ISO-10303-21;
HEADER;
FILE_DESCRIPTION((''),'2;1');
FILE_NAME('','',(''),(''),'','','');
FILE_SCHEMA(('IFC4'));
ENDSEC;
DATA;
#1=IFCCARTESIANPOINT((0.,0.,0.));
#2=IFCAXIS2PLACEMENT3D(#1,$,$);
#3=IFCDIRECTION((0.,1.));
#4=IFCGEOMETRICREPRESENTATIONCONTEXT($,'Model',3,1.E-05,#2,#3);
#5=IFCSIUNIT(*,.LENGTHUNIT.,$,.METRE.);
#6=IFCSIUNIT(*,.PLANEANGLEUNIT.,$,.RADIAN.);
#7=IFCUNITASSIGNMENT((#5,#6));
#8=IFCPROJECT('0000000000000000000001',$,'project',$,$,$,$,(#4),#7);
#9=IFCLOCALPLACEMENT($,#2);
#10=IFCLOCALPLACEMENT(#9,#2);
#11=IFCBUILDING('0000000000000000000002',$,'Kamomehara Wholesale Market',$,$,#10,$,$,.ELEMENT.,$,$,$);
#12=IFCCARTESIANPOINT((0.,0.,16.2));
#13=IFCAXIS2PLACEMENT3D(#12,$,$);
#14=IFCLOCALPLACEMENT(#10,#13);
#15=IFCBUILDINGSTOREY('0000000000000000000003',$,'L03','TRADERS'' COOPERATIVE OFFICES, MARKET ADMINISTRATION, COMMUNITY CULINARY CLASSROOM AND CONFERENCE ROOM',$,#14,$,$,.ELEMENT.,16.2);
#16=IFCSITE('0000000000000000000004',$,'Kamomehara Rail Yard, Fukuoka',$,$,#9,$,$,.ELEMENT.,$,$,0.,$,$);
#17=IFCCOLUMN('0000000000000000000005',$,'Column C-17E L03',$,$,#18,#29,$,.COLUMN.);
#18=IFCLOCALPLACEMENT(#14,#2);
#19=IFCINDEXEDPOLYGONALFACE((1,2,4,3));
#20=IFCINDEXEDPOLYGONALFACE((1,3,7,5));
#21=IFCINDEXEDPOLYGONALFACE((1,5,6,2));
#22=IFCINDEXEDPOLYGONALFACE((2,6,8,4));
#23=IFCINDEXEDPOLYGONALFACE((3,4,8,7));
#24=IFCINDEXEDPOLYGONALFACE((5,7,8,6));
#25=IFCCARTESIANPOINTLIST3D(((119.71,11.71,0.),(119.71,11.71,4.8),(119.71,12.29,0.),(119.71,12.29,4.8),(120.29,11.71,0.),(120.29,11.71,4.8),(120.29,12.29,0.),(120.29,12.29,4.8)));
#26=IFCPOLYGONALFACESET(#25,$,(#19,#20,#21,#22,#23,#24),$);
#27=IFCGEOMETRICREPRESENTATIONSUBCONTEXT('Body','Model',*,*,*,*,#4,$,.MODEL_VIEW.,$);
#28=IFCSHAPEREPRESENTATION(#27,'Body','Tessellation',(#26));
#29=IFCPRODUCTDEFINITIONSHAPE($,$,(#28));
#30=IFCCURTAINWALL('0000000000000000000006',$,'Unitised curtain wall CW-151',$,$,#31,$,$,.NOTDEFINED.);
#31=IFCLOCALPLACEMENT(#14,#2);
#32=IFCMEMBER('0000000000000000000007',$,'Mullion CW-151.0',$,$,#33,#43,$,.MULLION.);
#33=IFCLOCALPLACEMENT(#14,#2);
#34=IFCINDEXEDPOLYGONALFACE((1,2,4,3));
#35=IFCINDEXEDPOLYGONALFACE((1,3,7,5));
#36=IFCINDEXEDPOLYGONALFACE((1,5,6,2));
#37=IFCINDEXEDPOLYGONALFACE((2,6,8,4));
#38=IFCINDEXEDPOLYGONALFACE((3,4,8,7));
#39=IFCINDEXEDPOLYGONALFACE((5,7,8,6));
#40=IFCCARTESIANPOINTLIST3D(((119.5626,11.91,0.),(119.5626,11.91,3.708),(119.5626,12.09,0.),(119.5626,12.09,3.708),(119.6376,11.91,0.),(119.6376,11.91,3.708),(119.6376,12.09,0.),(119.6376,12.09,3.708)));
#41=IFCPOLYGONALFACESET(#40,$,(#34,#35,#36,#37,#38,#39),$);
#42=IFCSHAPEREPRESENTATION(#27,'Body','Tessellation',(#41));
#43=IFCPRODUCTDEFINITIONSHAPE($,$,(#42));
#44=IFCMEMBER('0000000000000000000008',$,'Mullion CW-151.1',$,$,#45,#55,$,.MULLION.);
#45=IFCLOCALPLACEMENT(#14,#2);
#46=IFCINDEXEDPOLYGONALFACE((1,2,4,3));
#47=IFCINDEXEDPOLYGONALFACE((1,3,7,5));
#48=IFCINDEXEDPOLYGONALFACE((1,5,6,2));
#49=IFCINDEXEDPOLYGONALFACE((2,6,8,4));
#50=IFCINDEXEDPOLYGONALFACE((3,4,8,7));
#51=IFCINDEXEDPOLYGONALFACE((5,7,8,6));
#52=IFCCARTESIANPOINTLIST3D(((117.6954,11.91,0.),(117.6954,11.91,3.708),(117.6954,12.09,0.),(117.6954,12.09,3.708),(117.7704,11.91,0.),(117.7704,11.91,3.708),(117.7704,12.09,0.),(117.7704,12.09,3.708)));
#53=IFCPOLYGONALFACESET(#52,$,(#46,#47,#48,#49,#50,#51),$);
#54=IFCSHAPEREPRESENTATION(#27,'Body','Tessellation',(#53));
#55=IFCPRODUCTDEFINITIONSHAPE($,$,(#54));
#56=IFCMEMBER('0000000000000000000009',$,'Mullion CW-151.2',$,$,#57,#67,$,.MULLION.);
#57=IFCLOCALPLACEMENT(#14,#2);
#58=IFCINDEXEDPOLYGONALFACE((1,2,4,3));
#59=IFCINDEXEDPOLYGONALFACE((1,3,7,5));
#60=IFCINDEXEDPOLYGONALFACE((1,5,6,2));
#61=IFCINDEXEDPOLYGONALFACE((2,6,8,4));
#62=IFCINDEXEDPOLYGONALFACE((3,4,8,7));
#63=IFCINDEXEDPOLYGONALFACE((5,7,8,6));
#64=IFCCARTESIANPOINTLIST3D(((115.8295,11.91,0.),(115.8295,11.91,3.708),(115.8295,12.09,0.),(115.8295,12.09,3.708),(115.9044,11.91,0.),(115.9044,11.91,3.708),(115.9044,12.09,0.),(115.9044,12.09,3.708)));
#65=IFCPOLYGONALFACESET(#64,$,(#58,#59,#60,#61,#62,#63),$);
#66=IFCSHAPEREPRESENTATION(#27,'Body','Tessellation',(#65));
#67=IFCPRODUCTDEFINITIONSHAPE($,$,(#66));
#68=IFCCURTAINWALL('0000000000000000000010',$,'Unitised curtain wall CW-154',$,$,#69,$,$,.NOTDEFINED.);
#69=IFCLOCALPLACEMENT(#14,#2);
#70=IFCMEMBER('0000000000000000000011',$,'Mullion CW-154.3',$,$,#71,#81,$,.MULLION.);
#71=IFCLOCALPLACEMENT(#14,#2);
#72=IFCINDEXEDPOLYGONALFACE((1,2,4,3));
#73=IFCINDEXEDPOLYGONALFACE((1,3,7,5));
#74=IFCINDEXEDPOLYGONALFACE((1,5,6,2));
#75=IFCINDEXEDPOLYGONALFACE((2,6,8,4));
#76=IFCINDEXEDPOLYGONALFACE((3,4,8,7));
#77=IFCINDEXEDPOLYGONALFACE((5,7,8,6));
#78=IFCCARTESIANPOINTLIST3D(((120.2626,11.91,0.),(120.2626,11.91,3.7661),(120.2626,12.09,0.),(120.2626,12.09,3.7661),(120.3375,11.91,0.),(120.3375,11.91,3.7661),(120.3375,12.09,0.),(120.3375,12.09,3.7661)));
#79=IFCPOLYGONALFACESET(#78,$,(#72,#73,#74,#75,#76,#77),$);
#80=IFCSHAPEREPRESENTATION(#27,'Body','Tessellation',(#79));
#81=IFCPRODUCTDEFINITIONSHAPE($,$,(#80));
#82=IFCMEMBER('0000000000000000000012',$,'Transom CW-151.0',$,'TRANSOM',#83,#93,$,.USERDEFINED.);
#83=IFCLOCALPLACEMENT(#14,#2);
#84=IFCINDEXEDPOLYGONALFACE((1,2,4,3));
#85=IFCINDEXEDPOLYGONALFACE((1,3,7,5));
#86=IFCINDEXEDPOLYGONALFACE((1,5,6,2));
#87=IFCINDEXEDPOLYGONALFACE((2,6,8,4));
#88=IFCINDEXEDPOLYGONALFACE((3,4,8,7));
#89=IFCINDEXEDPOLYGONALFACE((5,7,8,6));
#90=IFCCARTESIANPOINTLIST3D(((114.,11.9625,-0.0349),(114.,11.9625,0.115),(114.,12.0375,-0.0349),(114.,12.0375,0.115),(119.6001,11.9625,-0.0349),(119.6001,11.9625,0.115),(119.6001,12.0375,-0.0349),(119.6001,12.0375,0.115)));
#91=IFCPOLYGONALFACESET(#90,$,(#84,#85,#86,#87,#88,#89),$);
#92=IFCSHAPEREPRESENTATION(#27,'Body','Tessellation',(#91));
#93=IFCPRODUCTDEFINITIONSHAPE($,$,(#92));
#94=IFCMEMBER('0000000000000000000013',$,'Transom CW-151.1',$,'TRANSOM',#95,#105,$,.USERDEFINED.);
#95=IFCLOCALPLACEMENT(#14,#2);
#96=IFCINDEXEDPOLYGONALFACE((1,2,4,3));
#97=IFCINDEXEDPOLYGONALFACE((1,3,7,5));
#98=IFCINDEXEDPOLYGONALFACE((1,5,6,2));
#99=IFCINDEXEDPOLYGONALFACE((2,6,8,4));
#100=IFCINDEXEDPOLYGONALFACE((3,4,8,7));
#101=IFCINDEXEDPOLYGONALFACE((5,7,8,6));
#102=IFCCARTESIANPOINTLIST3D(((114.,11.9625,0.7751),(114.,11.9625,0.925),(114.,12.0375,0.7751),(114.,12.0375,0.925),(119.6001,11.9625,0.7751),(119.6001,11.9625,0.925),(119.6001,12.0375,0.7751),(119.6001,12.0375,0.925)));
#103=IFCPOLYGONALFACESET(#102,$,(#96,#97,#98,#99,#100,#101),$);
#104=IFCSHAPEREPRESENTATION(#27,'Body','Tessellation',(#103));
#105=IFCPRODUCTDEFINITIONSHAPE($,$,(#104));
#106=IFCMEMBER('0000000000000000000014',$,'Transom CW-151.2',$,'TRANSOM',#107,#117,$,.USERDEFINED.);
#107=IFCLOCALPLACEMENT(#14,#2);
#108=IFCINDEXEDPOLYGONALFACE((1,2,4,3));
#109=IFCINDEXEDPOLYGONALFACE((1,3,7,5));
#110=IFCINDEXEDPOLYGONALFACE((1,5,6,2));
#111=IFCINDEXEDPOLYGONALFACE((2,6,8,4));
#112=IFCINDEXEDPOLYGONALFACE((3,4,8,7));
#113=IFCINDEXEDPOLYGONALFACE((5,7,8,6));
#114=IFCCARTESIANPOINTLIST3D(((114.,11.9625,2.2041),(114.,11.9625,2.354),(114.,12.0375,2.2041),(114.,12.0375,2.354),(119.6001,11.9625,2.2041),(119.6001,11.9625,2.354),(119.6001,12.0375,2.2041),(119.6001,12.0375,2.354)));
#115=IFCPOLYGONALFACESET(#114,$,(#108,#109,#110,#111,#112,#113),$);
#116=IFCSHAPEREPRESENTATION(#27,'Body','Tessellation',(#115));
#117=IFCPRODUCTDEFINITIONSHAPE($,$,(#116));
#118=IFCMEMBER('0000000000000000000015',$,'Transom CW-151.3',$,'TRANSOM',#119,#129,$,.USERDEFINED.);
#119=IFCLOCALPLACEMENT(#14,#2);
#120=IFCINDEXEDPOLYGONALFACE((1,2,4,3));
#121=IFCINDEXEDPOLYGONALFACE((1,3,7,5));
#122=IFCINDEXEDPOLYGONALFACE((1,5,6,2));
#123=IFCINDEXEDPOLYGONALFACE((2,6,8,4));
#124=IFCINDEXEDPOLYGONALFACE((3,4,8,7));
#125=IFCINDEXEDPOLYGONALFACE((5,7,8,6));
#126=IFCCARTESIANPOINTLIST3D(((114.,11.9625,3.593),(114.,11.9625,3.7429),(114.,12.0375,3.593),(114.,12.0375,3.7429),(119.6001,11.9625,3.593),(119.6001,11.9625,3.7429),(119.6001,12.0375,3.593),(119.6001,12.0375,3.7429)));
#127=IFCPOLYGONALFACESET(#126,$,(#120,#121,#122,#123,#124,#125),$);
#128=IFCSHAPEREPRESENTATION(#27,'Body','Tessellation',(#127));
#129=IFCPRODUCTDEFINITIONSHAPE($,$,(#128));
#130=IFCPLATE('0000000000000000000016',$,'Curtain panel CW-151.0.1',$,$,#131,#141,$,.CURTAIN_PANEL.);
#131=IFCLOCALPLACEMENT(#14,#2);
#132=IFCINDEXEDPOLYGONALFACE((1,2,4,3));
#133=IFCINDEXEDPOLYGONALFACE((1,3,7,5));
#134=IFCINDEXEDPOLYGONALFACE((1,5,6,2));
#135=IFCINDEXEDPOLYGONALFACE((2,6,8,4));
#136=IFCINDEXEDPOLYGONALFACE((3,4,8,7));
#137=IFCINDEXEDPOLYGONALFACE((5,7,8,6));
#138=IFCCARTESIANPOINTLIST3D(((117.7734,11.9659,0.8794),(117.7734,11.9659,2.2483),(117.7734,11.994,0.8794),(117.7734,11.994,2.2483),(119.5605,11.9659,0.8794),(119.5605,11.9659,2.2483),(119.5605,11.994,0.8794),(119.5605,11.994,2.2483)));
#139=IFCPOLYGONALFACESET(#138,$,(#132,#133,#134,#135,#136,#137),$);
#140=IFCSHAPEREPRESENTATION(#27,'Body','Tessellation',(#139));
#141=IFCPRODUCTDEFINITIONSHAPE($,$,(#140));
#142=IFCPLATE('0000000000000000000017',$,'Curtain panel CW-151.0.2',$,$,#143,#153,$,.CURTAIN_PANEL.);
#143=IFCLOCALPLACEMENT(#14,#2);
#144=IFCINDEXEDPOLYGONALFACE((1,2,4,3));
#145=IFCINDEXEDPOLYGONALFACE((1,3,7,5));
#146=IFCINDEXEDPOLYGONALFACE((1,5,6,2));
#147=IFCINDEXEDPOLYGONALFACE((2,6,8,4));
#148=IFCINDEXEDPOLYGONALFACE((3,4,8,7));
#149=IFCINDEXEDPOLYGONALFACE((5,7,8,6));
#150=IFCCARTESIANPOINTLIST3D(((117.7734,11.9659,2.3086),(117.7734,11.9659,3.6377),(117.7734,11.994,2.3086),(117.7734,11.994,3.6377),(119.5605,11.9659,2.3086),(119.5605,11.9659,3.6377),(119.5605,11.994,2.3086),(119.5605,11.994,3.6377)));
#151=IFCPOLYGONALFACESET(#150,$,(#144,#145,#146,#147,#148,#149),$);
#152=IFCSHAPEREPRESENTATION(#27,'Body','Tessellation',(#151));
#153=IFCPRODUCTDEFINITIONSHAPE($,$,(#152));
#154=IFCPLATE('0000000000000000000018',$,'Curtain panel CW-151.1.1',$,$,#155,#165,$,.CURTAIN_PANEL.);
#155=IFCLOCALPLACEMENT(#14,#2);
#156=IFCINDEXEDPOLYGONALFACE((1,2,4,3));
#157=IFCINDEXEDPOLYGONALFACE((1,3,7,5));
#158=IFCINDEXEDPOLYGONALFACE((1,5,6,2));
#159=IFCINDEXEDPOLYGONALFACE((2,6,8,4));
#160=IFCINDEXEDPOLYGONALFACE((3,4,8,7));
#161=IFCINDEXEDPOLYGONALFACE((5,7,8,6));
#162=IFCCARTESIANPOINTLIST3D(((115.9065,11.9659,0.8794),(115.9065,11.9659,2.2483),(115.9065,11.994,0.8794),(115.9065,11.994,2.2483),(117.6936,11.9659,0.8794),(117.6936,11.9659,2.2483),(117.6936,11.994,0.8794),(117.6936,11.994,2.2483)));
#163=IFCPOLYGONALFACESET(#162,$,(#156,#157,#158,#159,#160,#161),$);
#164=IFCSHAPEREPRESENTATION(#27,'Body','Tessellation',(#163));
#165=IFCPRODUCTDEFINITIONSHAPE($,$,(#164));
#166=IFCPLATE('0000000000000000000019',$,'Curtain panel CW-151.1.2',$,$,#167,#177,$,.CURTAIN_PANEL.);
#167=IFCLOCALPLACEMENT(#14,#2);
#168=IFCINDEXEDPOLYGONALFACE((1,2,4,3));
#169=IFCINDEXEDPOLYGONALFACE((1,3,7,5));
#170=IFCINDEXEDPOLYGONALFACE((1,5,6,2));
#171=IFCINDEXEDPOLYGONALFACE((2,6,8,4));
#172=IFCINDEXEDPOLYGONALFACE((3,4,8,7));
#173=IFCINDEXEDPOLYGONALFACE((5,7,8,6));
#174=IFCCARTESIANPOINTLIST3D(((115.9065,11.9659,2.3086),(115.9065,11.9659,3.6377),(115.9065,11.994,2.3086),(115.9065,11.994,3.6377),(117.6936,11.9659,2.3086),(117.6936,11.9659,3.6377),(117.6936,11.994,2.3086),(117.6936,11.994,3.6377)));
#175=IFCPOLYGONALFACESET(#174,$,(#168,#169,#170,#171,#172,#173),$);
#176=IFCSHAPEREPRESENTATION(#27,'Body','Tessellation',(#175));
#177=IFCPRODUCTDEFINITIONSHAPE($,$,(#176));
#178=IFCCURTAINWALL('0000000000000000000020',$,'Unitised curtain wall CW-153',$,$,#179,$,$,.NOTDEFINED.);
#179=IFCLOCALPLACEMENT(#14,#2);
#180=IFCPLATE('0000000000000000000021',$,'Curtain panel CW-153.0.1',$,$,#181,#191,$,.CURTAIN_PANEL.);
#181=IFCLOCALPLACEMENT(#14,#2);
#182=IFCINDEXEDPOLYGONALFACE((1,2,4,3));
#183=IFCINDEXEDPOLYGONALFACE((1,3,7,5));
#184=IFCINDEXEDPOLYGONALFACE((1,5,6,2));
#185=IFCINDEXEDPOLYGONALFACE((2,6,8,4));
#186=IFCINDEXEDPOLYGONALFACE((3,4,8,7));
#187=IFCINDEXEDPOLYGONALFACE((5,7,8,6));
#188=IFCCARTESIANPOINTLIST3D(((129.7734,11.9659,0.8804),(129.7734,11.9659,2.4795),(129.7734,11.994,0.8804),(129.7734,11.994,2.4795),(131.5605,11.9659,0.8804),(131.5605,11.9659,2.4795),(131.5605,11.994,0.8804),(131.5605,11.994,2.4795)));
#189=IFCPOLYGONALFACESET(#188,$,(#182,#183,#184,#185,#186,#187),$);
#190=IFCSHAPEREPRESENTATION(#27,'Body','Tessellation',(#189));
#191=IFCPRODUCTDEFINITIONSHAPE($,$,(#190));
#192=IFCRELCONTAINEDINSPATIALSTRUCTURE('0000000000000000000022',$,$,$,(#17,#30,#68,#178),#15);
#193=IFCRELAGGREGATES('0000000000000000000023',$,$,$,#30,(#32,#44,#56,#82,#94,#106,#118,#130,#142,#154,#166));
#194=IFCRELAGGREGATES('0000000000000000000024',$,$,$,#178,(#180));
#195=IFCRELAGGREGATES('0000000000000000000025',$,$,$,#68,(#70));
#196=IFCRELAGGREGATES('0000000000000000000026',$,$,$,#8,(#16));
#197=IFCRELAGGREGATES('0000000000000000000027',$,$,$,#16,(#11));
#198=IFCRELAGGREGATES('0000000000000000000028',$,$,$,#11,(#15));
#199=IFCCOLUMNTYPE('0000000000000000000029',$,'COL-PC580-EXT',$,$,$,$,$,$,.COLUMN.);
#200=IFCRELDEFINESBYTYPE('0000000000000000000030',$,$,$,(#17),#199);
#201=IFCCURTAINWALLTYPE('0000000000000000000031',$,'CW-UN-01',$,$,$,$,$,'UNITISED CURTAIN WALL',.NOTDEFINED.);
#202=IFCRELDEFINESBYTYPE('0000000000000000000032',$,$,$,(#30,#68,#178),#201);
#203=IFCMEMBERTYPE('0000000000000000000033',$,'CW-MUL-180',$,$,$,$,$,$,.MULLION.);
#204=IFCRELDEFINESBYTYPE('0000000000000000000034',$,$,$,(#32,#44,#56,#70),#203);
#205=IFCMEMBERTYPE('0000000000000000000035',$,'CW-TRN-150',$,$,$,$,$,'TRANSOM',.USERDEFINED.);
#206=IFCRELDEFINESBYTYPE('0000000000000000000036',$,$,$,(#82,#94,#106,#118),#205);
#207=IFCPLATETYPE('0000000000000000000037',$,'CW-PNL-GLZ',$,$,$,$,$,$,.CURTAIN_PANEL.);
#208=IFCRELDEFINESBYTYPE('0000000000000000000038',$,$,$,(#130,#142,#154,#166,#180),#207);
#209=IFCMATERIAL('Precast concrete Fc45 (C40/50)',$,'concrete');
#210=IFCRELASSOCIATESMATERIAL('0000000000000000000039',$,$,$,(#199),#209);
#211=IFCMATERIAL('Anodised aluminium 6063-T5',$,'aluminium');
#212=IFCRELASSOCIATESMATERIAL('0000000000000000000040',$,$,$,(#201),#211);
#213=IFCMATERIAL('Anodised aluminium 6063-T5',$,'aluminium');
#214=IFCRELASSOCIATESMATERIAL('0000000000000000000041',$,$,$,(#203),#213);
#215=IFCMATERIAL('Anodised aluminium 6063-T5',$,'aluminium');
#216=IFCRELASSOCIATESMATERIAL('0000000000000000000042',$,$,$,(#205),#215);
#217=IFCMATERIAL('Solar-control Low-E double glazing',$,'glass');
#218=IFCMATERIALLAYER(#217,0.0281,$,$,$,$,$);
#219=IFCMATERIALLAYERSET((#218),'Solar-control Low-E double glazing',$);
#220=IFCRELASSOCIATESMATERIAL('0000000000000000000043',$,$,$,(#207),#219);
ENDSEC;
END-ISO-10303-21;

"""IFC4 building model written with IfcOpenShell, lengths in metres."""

from ifc_helpers import new_model, si_unit, direction, frame, origin, origin_2d, place, context, subcontext, project, spatial, rectangle, extrude, material, layer, layer_set, material_profile, profile_set, type_object, element, aggregate, save


model = new_model("IFC4")

# Units and contexts
model_context = context("Model", 3, precision=1e-05, world=origin(), true_north=direction((0.0, 1.0)))
body_context = subcontext(model_context, "Body", "Model", "MODEL_VIEW")
ifc_project = project(units=[si_unit("LENGTHUNIT", "METRE"), si_unit("PLANEANGLEUNIT", "RADIAN")], contexts=[model_context])

# Site, building, storey
site_placement = place(None, origin())
site = spatial("IfcSite", under=ifc_project, at=site_placement, Name="Kamomehara Rail Yard, Fukuoka", CompositionType="ELEMENT", RefElevation=0.0)
building_placement = place(site_placement, origin())
building = spatial("IfcBuilding", under=site, at=building_placement, Name="Kamomehara Wholesale Market", CompositionType="ELEMENT")
storey_placement = place(building_placement, frame((0.0, 0.0, 16.2)))
storey = spatial("IfcBuildingStorey", under=building, at=storey_placement, Name="L03", Description="TRADERS' COOPERATIVE OFFICES, MARKET ADMINISTRATION, COMMUNITY CULINARY CLASSROOM AND CONFERENCE ROOM", CompositionType="ELEMENT", Elevation=16.2)

# Column
ifc_material_1 = material(Name="Precast concrete Fc45 (C40/50)", Category="concrete")
ifc_material_profile_1 = material_profile(ifc_material_1, rectangle(XDim=0.5801, YDim=0.5801, at=origin_2d()), Name="PC-COL-580x580")
ifc_profile_set_1 = profile_set([ifc_material_profile_1], Name="Precast concrete Fc45 (C40/50)")
column_type = type_object("IfcColumnType", Name="COL-PC580-EXT", PredefinedType="COLUMN", material=ifc_profile_set_1)
column_placement = place(storey_placement, frame((120.0, 12.0, 0.0), z_axis=(0.0, 0.0, 1.0), x_axis=(1.0, 0.0, 0.0)))
element("IfcColumn", 1, at=column_placement, inside=storey, type_object=column_type, Name="Column C-17E L03", PredefinedType="COLUMN", context=body_context, shape_type="SweptSolid", body=[
    extrude(rectangle(XDim=0.5801, YDim=0.5801, at=origin_2d()), origin(), (0.0, 0.0, 1.0), 4.8),
])

# Curtain wall, members
ifc_material_2 = material(Name="Anodised aluminium 6063-T5", Category="aluminium")
curtain_wall_type = type_object("IfcCurtainWallType", Name="CW-UN-01", ElementType="UNITISED CURTAIN WALL", PredefinedType="NOTDEFINED", material=ifc_material_2)
curtain_wall_1_placement = place(storey_placement, origin())
curtain_wall_1 = element("IfcCurtainWall", 2, at=curtain_wall_1_placement, inside=storey, type_object=curtain_wall_type, Name="Unitised curtain wall CW-151", PredefinedType="NOTDEFINED")
ifc_material_3 = material(Name="Anodised aluminium 6063-T5", Category="aluminium")
ifc_material_profile_2 = material_profile(ifc_material_3, rectangle(XDim=0.075, YDim=0.1799, at=origin_2d()), Name="ALU-MUL-75x180")
ifc_profile_set_2 = profile_set([ifc_material_profile_2], Name="Anodised aluminium 6063-T5")
member_type_1 = type_object("IfcMemberType", Name="CW-MUL-180", PredefinedType="MULLION", material=ifc_profile_set_2)
member_1_placement = place(storey_placement, frame((119.6001, 12.0, 0.0), z_axis=(0.0, 0.0, 1.0), x_axis=(-1.0, 0.0, 0.0)))
member_1 = element("IfcMember", 3, at=member_1_placement, type_object=member_type_1, Name="Mullion CW-151.0", PredefinedType="MULLION", context=body_context, shape_type="SweptSolid", body=[
    extrude(rectangle(XDim=0.075, YDim=0.1799, at=origin_2d()), origin(), (0.0, 0.0, 1.0), 3.708),
])
member_2_placement = place(storey_placement, frame((117.7329, 12.0, 0.0), z_axis=(0.0, 0.0, 1.0), x_axis=(-1.0, 0.0, 0.0)))
member_2 = element("IfcMember", 4, at=member_2_placement, type_object=member_type_1, Name="Mullion CW-151.1", PredefinedType="MULLION", context=body_context, shape_type="SweptSolid", body=[
    extrude(rectangle(XDim=0.075, YDim=0.1799, at=origin_2d()), origin(), (0.0, 0.0, 1.0), 3.708),
])
member_3_placement = place(storey_placement, frame((115.8669, 12.0, 0.0), z_axis=(0.0, 0.0, 1.0), x_axis=(-1.0, 0.0, 0.0)))
member_3 = element("IfcMember", 5, at=member_3_placement, type_object=member_type_1, Name="Mullion CW-151.2", PredefinedType="MULLION", context=body_context, shape_type="SweptSolid", body=[
    extrude(rectangle(XDim=0.075, YDim=0.1799, at=origin_2d()), origin(), (0.0, 0.0, 1.0), 3.708),
])

# Curtain wall, member
curtain_wall_2_placement = place(storey_placement, origin())
curtain_wall_2 = element("IfcCurtainWall", 6, at=curtain_wall_2_placement, inside=storey, type_object=curtain_wall_type, Name="Unitised curtain wall CW-154", PredefinedType="NOTDEFINED")
member_4_placement = place(storey_placement, frame((120.3, 12.0, 0.0), z_axis=(0.0, 0.0, 1.0), x_axis=(-1.0, 0.0, 0.0)))
member_4 = element("IfcMember", 7, at=member_4_placement, type_object=member_type_1, Name="Mullion CW-154.3", PredefinedType="MULLION", context=body_context, shape_type="SweptSolid", body=[
    extrude(rectangle(XDim=0.075, YDim=0.1799, at=origin_2d()), origin(), (0.0, 0.0, 1.0), 3.7661),
])

# Members
ifc_material_4 = material(Name="Anodised aluminium 6063-T5", Category="aluminium")
ifc_material_profile_3 = material_profile(ifc_material_4, rectangle(XDim=0.075, YDim=0.1499, at=origin_2d()), Name="ALU-TRN-75x150")
ifc_profile_set_3 = profile_set([ifc_material_profile_3], Name="Anodised aluminium 6063-T5")
member_type_2 = type_object("IfcMemberType", Name="CW-TRN-150", ElementType="TRANSOM", PredefinedType="USERDEFINED", material=ifc_profile_set_3)
member_5_placement = place(storey_placement, frame((119.6001, 12.0, 0.04), z_axis=(-1.0, 0.0, 0.0), x_axis=(0.0, -1.0, 0.0)))
member_5 = element("IfcMember", 8, at=member_5_placement, type_object=member_type_2, Name="Transom CW-151.0", ObjectType="TRANSOM", PredefinedType="USERDEFINED", context=body_context, shape_type="SweptSolid", body=[
    extrude(rectangle(XDim=0.075, YDim=0.1499, at=origin_2d()), origin(), (0.0, 0.0, 1.0), 5.6001),
])
member_6_placement = place(storey_placement, frame((119.6001, 12.0, 0.8501), z_axis=(-1.0, 0.0, 0.0), x_axis=(0.0, -1.0, 0.0)))
member_6 = element("IfcMember", 9, at=member_6_placement, type_object=member_type_2, Name="Transom CW-151.1", ObjectType="TRANSOM", PredefinedType="USERDEFINED", context=body_context, shape_type="SweptSolid", body=[
    extrude(rectangle(XDim=0.075, YDim=0.1499, at=origin_2d()), origin(), (0.0, 0.0, 1.0), 5.6001),
])
member_7_placement = place(storey_placement, frame((119.6001, 12.0, 2.2791), z_axis=(-1.0, 0.0, 0.0), x_axis=(0.0, -1.0, 0.0)))
member_7 = element("IfcMember", 10, at=member_7_placement, type_object=member_type_2, Name="Transom CW-151.2", ObjectType="TRANSOM", PredefinedType="USERDEFINED", context=body_context, shape_type="SweptSolid", body=[
    extrude(rectangle(XDim=0.075, YDim=0.1499, at=origin_2d()), origin(), (0.0, 0.0, 1.0), 5.6001),
])
member_8_placement = place(storey_placement, frame((119.6001, 12.0, 3.668), z_axis=(-1.0, 0.0, 0.0), x_axis=(0.0, -1.0, 0.0)))
member_8 = element("IfcMember", 11, at=member_8_placement, type_object=member_type_2, Name="Transom CW-151.3", ObjectType="TRANSOM", PredefinedType="USERDEFINED", context=body_context, shape_type="SweptSolid", body=[
    extrude(rectangle(XDim=0.075, YDim=0.1499, at=origin_2d()), origin(), (0.0, 0.0, 1.0), 5.6001),
])

# Plates
ifc_material_5 = material(Name="Solar-control Low-E double glazing", Category="glass")
ifc_layer_1 = layer(ifc_material_5, 0.0281)
ifc_layer_set_1 = layer_set([ifc_layer_1], Name="Solar-control Low-E double glazing")
plate_type_1 = type_object("IfcPlateType", Name="CW-PNL-GLZ", PredefinedType="CURTAIN_PANEL", material=ifc_layer_set_1)
plate_1_placement = place(storey_placement, frame((118.667, 11.98, 0.8794), z_axis=(0.0, 0.0, 1.0), x_axis=(-1.0, 0.0, 0.0)))
plate_1 = element("IfcPlate", 12, at=plate_1_placement, type_object=plate_type_1, Name="Curtain panel CW-151.0.1", PredefinedType="CURTAIN_PANEL", context=body_context, shape_type="SweptSolid", body=[
    extrude(rectangle(XDim=1.7871, YDim=0.0281, at=origin_2d()), origin(), (0.0, 0.0, 1.0), 1.3689),
])
plate_2_placement = place(storey_placement, frame((118.667, 11.98, 2.3086), z_axis=(0.0, 0.0, 1.0), x_axis=(-1.0, 0.0, 0.0)))
plate_2 = element("IfcPlate", 13, at=plate_2_placement, type_object=plate_type_1, Name="Curtain panel CW-151.0.2", PredefinedType="CURTAIN_PANEL", context=body_context, shape_type="SweptSolid", body=[
    extrude(rectangle(XDim=1.7871, YDim=0.0281, at=origin_2d()), origin(), (0.0, 0.0, 1.0), 1.3291),
])
plate_3_placement = place(storey_placement, frame((116.8, 11.98, 0.8794), z_axis=(0.0, 0.0, 1.0), x_axis=(-1.0, 0.0, 0.0)))
plate_3 = element("IfcPlate", 14, at=plate_3_placement, type_object=plate_type_1, Name="Curtain panel CW-151.1.1", PredefinedType="CURTAIN_PANEL", context=body_context, shape_type="SweptSolid", body=[
    extrude(rectangle(XDim=1.7871, YDim=0.0281, at=origin_2d()), origin(), (0.0, 0.0, 1.0), 1.3689),
])
plate_4_placement = place(storey_placement, frame((116.8, 11.98, 2.3086), z_axis=(0.0, 0.0, 1.0), x_axis=(-1.0, 0.0, 0.0)))
plate_4 = element("IfcPlate", 15, at=plate_4_placement, type_object=plate_type_1, Name="Curtain panel CW-151.1.2", PredefinedType="CURTAIN_PANEL", context=body_context, shape_type="SweptSolid", body=[
    extrude(rectangle(XDim=1.7871, YDim=0.0281, at=origin_2d()), origin(), (0.0, 0.0, 1.0), 1.3291),
])

# Curtain wall, plate
curtain_wall_3_placement = place(storey_placement, origin())
curtain_wall_3 = element("IfcCurtainWall", 16, at=curtain_wall_3_placement, inside=storey, type_object=curtain_wall_type, Name="Unitised curtain wall CW-153", PredefinedType="NOTDEFINED")
plate_5_placement = place(storey_placement, frame((130.667, 11.98, 0.8804), z_axis=(0.0, 0.0, 1.0), x_axis=(-1.0, 0.0, 0.0)))
plate_5 = element("IfcPlate", 17, at=plate_5_placement, type_object=plate_type_1, Name="Curtain panel CW-153.0.1", PredefinedType="CURTAIN_PANEL", context=body_context, shape_type="SweptSolid", body=[
    extrude(rectangle(XDim=1.7871, YDim=0.0281, at=origin_2d()), origin(), (0.0, 0.0, 1.0), 1.5991),
])

aggregate(curtain_wall_1, [member_1, member_2, member_3, member_5, member_6, member_7, member_8, plate_1, plate_2, plate_3, plate_4])
aggregate(curtain_wall_3, [plate_5])
aggregate(curtain_wall_2, [member_4])

save(model, "model.ifc")
